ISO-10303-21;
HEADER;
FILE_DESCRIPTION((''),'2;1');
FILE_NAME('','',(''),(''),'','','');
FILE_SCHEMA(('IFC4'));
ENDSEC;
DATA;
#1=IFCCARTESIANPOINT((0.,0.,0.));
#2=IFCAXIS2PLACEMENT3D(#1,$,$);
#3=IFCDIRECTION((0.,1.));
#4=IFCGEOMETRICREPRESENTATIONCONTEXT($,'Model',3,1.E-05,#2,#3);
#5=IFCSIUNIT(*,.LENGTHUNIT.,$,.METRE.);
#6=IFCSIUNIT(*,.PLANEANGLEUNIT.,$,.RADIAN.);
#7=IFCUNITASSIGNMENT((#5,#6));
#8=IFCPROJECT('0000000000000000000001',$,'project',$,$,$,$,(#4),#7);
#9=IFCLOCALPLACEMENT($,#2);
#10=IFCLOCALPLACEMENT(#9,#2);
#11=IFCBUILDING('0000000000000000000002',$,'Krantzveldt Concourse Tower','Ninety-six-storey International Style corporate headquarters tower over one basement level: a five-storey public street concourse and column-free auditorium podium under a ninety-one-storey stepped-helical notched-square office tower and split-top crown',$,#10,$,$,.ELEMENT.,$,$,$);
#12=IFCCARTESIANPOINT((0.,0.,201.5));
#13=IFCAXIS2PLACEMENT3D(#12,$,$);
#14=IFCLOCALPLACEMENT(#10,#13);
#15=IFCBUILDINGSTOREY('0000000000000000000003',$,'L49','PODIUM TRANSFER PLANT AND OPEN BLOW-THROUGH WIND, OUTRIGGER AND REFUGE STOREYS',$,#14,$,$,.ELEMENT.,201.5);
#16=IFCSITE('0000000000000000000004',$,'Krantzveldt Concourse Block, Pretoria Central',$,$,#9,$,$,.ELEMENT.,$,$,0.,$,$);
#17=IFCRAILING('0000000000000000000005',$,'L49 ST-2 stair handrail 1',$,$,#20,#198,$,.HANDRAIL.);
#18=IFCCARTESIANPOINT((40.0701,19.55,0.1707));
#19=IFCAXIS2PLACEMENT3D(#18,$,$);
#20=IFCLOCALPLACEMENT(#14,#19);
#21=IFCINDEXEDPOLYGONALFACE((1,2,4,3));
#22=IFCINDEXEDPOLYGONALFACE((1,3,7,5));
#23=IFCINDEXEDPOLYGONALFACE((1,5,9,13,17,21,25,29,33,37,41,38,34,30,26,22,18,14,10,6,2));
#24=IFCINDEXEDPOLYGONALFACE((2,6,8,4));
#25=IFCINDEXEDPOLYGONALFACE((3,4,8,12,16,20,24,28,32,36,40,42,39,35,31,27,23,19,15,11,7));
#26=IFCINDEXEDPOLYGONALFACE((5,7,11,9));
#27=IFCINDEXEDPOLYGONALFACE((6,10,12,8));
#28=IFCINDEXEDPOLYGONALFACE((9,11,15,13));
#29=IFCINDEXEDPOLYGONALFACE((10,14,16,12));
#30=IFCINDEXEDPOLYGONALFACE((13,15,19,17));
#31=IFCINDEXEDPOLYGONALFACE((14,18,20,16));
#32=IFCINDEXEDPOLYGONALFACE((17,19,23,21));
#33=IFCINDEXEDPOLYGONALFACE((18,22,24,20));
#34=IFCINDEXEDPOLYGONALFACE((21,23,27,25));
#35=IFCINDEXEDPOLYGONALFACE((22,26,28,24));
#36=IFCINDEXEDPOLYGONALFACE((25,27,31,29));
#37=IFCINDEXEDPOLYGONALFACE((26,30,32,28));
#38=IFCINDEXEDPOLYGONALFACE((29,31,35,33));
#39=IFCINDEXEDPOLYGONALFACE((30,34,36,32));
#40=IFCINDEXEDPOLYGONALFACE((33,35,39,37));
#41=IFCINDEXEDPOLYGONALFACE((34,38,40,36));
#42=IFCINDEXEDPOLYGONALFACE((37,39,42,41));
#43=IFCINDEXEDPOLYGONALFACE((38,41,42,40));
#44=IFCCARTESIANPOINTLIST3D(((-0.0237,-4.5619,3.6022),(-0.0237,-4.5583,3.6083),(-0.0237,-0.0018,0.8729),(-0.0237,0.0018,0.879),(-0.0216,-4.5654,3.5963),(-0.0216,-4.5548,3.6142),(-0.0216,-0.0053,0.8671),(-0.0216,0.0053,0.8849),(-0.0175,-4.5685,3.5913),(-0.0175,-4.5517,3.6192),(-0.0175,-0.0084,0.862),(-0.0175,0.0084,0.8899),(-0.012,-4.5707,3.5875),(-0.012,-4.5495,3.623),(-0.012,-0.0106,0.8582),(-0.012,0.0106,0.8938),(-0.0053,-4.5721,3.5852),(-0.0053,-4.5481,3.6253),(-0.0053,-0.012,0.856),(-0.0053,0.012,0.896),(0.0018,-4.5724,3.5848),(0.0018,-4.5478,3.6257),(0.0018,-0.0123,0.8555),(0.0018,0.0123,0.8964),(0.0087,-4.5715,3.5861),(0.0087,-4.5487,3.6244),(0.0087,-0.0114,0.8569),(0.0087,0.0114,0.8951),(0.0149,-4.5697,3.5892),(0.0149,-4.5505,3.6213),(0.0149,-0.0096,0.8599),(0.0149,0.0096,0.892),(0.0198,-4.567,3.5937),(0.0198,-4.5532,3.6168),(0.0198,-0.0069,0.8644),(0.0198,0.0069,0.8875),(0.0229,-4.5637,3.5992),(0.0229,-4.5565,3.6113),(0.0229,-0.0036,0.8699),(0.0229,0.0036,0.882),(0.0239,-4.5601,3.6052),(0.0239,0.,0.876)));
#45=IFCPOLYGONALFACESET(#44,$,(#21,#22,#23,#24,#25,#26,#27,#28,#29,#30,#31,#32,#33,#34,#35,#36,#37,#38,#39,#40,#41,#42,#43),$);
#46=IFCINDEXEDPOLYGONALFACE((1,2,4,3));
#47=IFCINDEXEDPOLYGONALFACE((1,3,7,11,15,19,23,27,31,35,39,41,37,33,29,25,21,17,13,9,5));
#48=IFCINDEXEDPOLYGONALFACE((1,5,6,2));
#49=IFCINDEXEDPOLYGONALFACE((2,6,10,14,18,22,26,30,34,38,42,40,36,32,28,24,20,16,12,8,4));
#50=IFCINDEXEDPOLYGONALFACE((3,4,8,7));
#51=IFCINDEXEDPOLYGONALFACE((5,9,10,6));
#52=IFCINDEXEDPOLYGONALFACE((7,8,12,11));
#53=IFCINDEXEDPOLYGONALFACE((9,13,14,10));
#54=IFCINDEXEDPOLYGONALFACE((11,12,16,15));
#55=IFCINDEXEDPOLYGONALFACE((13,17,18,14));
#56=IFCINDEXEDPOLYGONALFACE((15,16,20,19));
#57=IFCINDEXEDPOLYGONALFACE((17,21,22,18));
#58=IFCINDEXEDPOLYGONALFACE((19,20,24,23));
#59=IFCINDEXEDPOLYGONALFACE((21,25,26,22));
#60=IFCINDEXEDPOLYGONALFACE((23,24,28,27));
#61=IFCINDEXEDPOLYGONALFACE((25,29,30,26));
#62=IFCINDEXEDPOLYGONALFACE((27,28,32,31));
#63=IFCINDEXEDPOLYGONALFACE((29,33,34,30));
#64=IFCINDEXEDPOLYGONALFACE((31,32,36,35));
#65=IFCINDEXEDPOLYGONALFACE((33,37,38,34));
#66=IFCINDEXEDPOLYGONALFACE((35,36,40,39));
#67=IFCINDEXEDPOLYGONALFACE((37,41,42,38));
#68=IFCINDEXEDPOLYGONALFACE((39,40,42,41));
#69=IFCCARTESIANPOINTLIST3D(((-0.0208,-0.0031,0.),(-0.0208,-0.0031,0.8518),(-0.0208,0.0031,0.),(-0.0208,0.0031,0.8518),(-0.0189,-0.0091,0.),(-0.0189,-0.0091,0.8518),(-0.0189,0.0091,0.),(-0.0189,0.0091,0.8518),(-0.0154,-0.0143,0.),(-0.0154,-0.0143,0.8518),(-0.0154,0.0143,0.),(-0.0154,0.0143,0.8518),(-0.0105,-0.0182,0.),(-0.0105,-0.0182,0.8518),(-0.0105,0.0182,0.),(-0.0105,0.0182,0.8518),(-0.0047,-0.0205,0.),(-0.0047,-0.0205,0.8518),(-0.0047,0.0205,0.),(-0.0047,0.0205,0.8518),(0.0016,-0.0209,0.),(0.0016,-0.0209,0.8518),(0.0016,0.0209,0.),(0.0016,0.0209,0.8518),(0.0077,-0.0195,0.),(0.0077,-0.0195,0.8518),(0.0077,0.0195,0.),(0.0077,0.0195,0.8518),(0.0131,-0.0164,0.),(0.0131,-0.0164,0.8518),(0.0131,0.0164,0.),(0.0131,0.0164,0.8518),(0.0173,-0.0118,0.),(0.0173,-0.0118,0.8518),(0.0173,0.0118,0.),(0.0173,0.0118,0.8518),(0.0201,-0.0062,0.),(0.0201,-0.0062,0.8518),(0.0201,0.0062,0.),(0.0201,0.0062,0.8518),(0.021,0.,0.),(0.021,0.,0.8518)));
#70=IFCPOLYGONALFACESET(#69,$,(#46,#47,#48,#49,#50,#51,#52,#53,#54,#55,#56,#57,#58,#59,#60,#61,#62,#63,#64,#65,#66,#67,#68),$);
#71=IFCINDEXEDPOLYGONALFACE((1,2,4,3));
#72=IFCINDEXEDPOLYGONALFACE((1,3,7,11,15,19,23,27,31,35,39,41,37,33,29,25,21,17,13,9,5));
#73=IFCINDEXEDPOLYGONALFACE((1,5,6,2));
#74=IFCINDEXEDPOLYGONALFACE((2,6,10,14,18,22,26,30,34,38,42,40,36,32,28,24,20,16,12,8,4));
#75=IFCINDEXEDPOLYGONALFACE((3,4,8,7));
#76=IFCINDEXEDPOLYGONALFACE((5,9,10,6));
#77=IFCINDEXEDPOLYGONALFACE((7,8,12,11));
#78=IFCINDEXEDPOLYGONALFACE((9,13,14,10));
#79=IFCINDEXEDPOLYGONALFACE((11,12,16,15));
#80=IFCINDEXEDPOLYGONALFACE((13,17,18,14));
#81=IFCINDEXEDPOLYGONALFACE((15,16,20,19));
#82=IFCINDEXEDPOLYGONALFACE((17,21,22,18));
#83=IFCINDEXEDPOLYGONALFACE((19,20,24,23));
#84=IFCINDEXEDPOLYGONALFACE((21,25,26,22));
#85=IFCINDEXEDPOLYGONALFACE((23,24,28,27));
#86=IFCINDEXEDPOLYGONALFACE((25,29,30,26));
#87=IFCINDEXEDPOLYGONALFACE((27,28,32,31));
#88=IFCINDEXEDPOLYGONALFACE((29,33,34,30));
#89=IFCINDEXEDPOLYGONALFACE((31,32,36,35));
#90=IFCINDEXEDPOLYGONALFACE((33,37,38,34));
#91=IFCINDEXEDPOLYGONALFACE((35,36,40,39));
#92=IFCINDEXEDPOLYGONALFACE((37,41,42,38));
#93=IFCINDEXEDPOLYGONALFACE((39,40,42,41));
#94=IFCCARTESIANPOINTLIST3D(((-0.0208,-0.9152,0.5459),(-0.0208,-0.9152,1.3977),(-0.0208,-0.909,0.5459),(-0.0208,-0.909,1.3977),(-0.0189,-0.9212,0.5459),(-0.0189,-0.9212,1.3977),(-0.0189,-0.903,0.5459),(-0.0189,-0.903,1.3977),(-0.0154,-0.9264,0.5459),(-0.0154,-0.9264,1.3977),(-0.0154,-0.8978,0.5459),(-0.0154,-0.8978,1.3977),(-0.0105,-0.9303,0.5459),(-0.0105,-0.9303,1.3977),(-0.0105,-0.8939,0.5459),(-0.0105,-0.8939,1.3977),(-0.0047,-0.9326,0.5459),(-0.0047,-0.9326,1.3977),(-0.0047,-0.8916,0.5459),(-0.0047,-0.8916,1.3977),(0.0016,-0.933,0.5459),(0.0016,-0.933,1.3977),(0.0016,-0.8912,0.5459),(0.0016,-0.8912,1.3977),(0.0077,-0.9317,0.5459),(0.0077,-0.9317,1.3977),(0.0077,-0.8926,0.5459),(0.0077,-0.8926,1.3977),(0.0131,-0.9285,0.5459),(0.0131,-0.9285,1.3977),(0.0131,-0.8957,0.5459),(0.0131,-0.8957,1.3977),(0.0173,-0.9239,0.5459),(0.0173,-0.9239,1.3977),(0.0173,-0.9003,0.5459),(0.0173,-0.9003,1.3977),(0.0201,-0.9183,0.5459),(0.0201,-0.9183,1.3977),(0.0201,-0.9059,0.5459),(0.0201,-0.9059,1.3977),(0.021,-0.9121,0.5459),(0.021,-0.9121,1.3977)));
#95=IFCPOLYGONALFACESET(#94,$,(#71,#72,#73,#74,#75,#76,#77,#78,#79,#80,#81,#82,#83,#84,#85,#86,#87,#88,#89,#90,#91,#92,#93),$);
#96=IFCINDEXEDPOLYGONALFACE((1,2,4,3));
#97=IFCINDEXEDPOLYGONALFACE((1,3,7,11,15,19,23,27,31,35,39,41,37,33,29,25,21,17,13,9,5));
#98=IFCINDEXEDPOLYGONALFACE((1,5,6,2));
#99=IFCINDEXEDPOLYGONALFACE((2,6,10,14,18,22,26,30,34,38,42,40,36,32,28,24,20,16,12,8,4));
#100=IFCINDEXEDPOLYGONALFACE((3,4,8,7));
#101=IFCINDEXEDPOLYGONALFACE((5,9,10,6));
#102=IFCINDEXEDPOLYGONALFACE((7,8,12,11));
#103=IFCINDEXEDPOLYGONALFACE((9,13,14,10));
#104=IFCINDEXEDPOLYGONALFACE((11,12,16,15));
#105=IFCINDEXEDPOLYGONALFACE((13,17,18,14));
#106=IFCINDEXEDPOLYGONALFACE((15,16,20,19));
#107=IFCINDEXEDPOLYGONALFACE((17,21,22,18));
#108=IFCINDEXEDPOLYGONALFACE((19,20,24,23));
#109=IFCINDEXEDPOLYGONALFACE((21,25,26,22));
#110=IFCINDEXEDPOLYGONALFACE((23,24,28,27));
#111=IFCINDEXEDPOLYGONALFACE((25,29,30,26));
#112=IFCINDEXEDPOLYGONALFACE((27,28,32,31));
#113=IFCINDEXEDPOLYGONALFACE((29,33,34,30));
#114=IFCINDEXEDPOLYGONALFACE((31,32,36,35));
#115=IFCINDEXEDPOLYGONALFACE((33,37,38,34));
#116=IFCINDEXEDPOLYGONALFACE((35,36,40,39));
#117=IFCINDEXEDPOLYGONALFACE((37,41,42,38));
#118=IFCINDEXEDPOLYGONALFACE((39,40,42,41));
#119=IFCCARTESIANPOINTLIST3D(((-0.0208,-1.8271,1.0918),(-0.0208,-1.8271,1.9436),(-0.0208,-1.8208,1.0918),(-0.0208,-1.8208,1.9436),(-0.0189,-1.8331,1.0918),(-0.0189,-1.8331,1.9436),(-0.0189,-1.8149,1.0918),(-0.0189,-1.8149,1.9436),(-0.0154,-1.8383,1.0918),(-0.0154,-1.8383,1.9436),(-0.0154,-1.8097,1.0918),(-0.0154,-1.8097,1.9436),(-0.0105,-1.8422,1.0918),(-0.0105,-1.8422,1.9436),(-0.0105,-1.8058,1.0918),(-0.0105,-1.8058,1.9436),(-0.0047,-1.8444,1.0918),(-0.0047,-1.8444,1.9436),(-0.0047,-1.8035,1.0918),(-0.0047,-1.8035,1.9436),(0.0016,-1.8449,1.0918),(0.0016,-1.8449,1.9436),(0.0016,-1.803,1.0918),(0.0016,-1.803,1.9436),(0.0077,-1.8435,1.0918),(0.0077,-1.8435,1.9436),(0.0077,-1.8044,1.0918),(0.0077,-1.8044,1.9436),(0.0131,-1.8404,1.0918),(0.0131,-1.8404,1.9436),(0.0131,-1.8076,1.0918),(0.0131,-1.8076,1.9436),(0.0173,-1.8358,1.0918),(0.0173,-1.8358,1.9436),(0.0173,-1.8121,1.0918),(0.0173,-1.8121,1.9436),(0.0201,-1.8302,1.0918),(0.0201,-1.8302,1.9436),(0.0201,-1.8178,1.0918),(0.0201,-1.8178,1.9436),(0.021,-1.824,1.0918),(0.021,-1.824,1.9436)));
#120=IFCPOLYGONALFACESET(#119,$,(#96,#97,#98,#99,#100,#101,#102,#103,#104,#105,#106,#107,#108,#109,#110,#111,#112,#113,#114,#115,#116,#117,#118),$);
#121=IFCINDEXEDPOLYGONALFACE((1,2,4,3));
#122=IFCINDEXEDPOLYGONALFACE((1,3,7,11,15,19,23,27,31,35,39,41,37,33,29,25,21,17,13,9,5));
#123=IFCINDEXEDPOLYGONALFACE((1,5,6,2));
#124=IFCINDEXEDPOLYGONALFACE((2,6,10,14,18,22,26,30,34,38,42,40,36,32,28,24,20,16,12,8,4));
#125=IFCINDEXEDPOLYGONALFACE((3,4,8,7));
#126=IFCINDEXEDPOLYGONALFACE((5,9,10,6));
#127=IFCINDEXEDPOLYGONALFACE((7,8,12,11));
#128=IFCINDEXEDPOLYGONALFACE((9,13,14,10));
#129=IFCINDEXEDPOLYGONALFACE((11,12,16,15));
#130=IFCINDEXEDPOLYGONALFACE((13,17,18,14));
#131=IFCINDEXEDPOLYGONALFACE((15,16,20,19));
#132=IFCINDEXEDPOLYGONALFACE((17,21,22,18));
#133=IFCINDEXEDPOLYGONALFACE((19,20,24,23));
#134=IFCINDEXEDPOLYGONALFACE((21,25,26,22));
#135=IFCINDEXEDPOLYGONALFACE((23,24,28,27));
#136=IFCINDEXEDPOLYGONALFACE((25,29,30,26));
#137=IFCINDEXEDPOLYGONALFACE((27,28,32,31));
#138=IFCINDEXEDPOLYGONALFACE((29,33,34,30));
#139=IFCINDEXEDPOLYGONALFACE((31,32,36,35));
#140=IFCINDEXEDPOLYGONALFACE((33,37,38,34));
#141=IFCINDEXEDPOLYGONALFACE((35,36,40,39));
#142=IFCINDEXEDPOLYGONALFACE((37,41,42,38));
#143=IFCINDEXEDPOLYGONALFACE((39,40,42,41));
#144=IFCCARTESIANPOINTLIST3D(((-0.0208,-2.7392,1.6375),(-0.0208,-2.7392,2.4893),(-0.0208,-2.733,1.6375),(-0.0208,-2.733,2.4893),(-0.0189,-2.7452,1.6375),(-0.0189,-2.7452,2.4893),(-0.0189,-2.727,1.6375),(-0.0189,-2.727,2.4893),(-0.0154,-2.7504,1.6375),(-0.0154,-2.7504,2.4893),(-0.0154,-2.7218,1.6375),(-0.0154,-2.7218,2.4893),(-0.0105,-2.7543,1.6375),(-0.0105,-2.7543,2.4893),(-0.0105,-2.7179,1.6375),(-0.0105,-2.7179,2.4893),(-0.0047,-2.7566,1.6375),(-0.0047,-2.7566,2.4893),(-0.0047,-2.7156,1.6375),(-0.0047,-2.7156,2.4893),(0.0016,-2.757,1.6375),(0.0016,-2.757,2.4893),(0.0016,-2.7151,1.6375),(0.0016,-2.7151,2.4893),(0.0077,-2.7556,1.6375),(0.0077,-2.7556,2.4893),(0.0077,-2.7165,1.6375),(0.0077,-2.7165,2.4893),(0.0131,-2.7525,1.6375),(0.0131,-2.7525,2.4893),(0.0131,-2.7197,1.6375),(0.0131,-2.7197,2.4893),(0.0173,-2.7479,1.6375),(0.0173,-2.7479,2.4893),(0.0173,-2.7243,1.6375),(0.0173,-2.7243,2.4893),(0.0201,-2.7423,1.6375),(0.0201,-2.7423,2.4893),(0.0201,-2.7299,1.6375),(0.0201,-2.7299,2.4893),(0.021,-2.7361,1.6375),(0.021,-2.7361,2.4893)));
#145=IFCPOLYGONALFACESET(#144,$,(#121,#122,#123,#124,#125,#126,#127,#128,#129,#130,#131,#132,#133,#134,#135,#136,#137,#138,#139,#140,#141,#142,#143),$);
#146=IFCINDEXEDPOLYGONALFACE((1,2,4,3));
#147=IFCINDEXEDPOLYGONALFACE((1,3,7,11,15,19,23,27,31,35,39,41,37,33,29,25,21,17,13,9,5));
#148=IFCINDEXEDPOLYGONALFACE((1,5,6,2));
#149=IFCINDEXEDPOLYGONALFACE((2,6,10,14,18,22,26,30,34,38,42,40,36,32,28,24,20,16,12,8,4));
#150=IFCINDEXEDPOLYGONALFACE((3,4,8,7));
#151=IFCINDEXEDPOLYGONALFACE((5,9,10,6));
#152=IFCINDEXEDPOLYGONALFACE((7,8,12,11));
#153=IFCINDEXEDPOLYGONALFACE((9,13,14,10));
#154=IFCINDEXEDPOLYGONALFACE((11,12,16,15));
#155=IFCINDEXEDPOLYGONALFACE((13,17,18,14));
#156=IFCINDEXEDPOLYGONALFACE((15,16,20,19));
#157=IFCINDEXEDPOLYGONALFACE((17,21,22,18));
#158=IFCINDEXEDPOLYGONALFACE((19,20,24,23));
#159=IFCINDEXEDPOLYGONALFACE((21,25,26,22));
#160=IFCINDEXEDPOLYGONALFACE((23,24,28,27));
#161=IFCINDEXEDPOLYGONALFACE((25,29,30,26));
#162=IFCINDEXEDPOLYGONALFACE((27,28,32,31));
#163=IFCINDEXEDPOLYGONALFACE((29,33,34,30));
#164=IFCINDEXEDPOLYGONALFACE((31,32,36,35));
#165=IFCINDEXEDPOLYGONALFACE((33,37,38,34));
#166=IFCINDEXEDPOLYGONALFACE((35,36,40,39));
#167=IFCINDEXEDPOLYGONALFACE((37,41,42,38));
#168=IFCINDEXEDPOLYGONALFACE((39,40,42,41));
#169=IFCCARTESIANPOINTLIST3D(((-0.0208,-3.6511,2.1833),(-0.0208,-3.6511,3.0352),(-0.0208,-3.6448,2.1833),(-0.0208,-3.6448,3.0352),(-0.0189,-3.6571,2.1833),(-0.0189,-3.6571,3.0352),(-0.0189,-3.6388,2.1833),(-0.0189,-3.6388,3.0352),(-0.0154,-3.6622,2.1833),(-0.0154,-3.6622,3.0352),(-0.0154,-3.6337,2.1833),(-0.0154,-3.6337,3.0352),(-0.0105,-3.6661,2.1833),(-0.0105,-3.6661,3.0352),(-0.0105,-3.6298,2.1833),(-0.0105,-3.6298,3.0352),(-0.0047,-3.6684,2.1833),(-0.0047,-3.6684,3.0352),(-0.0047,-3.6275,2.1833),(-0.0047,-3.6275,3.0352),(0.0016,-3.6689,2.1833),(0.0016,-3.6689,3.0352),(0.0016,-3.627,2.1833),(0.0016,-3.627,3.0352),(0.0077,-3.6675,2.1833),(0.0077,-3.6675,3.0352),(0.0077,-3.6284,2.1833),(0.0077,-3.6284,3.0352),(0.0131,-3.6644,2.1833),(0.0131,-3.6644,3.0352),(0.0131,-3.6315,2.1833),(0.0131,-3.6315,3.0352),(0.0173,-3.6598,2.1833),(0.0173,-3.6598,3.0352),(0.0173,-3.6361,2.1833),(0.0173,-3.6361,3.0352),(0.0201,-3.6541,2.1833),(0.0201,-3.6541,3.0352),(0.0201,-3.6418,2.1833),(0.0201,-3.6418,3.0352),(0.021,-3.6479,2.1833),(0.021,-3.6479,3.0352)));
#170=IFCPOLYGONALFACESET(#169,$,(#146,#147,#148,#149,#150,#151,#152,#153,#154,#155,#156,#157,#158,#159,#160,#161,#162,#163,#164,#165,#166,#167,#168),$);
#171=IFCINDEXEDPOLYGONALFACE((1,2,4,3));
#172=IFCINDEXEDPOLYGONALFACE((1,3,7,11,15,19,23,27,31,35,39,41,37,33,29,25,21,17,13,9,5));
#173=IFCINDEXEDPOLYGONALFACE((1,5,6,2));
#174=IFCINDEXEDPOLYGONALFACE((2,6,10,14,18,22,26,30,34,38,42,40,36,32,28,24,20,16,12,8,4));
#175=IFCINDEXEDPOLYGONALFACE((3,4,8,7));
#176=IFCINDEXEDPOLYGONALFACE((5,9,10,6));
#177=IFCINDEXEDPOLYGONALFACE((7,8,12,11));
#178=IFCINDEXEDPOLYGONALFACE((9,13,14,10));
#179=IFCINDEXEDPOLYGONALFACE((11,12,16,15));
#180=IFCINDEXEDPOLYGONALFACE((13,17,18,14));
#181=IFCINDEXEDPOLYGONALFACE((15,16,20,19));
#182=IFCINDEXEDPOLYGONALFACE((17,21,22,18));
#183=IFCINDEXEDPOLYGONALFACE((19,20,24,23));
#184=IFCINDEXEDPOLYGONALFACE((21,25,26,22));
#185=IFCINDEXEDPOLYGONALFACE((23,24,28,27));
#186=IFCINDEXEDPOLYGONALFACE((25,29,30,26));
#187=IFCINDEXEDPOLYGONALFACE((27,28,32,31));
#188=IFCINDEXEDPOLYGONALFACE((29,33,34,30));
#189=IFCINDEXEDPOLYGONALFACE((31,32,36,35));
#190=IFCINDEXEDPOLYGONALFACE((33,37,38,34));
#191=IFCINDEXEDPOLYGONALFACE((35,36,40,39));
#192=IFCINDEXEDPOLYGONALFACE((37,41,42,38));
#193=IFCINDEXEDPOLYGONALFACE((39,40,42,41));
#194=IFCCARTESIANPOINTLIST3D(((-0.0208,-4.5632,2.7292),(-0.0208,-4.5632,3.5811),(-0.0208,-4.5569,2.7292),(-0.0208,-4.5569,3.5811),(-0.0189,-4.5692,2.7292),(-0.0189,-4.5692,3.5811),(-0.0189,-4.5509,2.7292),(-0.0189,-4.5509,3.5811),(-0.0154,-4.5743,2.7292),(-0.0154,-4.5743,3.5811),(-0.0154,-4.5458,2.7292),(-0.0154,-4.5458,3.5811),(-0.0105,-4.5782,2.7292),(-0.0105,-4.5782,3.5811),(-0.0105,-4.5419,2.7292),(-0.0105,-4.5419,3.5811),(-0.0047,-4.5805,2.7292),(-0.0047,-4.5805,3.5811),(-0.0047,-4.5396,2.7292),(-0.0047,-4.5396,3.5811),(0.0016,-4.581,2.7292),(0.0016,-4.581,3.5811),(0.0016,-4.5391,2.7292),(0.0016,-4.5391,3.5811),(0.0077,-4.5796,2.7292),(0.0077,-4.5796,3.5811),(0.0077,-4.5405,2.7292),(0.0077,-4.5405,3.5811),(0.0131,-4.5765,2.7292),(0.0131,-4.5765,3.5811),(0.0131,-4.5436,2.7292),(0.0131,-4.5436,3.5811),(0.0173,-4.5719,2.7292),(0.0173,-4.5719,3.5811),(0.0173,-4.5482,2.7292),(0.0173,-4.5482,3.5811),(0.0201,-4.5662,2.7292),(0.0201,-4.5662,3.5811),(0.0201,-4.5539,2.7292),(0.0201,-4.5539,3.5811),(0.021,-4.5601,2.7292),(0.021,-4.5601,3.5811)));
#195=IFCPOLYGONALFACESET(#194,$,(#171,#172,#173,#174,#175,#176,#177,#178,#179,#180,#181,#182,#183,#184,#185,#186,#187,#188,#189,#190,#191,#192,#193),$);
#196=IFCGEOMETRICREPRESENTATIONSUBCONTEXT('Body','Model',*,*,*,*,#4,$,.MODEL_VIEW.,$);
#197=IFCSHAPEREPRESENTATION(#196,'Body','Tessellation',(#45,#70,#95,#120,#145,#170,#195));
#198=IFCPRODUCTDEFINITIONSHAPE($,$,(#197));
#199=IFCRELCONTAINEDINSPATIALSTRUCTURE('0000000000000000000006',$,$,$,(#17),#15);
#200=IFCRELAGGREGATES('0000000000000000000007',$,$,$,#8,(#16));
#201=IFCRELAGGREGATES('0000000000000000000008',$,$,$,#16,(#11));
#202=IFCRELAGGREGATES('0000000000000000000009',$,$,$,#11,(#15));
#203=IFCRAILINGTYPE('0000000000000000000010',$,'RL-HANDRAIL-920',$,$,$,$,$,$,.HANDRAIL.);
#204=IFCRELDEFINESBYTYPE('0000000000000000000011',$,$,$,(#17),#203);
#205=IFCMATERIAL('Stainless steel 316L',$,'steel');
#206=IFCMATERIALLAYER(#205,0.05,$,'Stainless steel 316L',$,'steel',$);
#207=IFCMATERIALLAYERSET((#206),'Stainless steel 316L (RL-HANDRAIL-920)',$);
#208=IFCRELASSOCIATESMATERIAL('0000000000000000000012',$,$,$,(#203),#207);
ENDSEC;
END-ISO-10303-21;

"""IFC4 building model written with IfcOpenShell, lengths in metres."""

from ifc_helpers import new_model, si_unit, direction, frame, origin, origin_2d, place, context, subcontext, project, spatial, circle, extrude, material, layer, layer_set, type_object, element, save


model = new_model("IFC4")

# Units and contexts
model_context = context("Model", 3, precision=1e-05, world=origin(), true_north=direction((0.0, 1.0)))
body_context = subcontext(model_context, "Body", "Model", "MODEL_VIEW")
ifc_project = project(units=[si_unit("LENGTHUNIT", "METRE"), si_unit("PLANEANGLEUNIT", "RADIAN")], contexts=[model_context])

# Site, building, storey
site_placement = place(None, origin())
site = spatial("IfcSite", under=ifc_project, at=site_placement, Name="Krantzveldt Concourse Block, Pretoria Central", CompositionType="ELEMENT", RefElevation=0.0)
building_placement = place(site_placement, origin())
building = spatial("IfcBuilding", under=site, at=building_placement, Name="Krantzveldt Concourse Tower", Description="Ninety-six-storey International Style corporate headquarters tower over one basement level: a five-storey public street concourse and column-free auditorium podium under a ninety-one-storey stepped-helical notched-square office tower and split-top crown", CompositionType="ELEMENT")
storey_placement = place(building_placement, frame((0.0, 0.0, 201.5)))
storey = spatial("IfcBuildingStorey", under=building, at=storey_placement, Name="L49", Description="PODIUM TRANSFER PLANT AND OPEN BLOW-THROUGH WIND, OUTRIGGER AND REFUGE STOREYS", CompositionType="ELEMENT", Elevation=201.5)

# Shared definitions
ifc_material_1 = material(Name="Stainless steel 316L", Category="steel")

# Railing
ifc_layer_1 = layer(ifc_material_1, 0.05, Name="Stainless steel 316L", Category="steel")
ifc_layer_set_1 = layer_set([ifc_layer_1], Name="Stainless steel 316L (RL-HANDRAIL-920)")
railing_type_1 = type_object("IfcRailingType", Name="RL-HANDRAIL-920", PredefinedType="HANDRAIL", material=ifc_layer_set_1)
railing_1_placement = place(storey_placement, frame((40.0701, 19.55, 0.1707)))
element("IfcRailing", 1, at=railing_1_placement, inside=storey, type_object=railing_type_1, Name="L49 ST-2 stair handrail 1", PredefinedType="HANDRAIL", context=body_context, shape_type="SweptSolid", body=[
    extrude(circle(Radius=0.0239, at=origin_2d()), frame((0.0, 0.0, 0.876), z_axis=(0.0, -0.858056, 0.513556), x_axis=(1.0, 0.0, 0.0)), (0.0, 0.0, 1.0), 5.3145),
    extrude(circle(Radius=0.021, at=origin_2d()), origin(), (0.0, 0.0, 1.0), 0.8518),
    extrude(circle(Radius=0.021, at=origin_2d()), frame((0.0, -0.9121, 0.5459)), (0.0, 0.0, 1.0), 0.8518),
    extrude(circle(Radius=0.021, at=origin_2d()), frame((0.0, -1.824, 1.0918)), (0.0, 0.0, 1.0), 0.8518),
    extrude(circle(Radius=0.021, at=origin_2d()), frame((0.0, -2.7361, 1.6375)), (0.0, 0.0, 1.0), 0.8518),
    extrude(circle(Radius=0.021, at=origin_2d()), frame((0.0, -3.6479, 2.1833)), (0.0, 0.0, 1.0), 0.8518),
    extrude(circle(Radius=0.021, at=origin_2d()), frame((0.0, -4.5601, 2.7292)), (0.0, 0.0, 1.0), 0.8518),
])

save(model, "model.ifc")
